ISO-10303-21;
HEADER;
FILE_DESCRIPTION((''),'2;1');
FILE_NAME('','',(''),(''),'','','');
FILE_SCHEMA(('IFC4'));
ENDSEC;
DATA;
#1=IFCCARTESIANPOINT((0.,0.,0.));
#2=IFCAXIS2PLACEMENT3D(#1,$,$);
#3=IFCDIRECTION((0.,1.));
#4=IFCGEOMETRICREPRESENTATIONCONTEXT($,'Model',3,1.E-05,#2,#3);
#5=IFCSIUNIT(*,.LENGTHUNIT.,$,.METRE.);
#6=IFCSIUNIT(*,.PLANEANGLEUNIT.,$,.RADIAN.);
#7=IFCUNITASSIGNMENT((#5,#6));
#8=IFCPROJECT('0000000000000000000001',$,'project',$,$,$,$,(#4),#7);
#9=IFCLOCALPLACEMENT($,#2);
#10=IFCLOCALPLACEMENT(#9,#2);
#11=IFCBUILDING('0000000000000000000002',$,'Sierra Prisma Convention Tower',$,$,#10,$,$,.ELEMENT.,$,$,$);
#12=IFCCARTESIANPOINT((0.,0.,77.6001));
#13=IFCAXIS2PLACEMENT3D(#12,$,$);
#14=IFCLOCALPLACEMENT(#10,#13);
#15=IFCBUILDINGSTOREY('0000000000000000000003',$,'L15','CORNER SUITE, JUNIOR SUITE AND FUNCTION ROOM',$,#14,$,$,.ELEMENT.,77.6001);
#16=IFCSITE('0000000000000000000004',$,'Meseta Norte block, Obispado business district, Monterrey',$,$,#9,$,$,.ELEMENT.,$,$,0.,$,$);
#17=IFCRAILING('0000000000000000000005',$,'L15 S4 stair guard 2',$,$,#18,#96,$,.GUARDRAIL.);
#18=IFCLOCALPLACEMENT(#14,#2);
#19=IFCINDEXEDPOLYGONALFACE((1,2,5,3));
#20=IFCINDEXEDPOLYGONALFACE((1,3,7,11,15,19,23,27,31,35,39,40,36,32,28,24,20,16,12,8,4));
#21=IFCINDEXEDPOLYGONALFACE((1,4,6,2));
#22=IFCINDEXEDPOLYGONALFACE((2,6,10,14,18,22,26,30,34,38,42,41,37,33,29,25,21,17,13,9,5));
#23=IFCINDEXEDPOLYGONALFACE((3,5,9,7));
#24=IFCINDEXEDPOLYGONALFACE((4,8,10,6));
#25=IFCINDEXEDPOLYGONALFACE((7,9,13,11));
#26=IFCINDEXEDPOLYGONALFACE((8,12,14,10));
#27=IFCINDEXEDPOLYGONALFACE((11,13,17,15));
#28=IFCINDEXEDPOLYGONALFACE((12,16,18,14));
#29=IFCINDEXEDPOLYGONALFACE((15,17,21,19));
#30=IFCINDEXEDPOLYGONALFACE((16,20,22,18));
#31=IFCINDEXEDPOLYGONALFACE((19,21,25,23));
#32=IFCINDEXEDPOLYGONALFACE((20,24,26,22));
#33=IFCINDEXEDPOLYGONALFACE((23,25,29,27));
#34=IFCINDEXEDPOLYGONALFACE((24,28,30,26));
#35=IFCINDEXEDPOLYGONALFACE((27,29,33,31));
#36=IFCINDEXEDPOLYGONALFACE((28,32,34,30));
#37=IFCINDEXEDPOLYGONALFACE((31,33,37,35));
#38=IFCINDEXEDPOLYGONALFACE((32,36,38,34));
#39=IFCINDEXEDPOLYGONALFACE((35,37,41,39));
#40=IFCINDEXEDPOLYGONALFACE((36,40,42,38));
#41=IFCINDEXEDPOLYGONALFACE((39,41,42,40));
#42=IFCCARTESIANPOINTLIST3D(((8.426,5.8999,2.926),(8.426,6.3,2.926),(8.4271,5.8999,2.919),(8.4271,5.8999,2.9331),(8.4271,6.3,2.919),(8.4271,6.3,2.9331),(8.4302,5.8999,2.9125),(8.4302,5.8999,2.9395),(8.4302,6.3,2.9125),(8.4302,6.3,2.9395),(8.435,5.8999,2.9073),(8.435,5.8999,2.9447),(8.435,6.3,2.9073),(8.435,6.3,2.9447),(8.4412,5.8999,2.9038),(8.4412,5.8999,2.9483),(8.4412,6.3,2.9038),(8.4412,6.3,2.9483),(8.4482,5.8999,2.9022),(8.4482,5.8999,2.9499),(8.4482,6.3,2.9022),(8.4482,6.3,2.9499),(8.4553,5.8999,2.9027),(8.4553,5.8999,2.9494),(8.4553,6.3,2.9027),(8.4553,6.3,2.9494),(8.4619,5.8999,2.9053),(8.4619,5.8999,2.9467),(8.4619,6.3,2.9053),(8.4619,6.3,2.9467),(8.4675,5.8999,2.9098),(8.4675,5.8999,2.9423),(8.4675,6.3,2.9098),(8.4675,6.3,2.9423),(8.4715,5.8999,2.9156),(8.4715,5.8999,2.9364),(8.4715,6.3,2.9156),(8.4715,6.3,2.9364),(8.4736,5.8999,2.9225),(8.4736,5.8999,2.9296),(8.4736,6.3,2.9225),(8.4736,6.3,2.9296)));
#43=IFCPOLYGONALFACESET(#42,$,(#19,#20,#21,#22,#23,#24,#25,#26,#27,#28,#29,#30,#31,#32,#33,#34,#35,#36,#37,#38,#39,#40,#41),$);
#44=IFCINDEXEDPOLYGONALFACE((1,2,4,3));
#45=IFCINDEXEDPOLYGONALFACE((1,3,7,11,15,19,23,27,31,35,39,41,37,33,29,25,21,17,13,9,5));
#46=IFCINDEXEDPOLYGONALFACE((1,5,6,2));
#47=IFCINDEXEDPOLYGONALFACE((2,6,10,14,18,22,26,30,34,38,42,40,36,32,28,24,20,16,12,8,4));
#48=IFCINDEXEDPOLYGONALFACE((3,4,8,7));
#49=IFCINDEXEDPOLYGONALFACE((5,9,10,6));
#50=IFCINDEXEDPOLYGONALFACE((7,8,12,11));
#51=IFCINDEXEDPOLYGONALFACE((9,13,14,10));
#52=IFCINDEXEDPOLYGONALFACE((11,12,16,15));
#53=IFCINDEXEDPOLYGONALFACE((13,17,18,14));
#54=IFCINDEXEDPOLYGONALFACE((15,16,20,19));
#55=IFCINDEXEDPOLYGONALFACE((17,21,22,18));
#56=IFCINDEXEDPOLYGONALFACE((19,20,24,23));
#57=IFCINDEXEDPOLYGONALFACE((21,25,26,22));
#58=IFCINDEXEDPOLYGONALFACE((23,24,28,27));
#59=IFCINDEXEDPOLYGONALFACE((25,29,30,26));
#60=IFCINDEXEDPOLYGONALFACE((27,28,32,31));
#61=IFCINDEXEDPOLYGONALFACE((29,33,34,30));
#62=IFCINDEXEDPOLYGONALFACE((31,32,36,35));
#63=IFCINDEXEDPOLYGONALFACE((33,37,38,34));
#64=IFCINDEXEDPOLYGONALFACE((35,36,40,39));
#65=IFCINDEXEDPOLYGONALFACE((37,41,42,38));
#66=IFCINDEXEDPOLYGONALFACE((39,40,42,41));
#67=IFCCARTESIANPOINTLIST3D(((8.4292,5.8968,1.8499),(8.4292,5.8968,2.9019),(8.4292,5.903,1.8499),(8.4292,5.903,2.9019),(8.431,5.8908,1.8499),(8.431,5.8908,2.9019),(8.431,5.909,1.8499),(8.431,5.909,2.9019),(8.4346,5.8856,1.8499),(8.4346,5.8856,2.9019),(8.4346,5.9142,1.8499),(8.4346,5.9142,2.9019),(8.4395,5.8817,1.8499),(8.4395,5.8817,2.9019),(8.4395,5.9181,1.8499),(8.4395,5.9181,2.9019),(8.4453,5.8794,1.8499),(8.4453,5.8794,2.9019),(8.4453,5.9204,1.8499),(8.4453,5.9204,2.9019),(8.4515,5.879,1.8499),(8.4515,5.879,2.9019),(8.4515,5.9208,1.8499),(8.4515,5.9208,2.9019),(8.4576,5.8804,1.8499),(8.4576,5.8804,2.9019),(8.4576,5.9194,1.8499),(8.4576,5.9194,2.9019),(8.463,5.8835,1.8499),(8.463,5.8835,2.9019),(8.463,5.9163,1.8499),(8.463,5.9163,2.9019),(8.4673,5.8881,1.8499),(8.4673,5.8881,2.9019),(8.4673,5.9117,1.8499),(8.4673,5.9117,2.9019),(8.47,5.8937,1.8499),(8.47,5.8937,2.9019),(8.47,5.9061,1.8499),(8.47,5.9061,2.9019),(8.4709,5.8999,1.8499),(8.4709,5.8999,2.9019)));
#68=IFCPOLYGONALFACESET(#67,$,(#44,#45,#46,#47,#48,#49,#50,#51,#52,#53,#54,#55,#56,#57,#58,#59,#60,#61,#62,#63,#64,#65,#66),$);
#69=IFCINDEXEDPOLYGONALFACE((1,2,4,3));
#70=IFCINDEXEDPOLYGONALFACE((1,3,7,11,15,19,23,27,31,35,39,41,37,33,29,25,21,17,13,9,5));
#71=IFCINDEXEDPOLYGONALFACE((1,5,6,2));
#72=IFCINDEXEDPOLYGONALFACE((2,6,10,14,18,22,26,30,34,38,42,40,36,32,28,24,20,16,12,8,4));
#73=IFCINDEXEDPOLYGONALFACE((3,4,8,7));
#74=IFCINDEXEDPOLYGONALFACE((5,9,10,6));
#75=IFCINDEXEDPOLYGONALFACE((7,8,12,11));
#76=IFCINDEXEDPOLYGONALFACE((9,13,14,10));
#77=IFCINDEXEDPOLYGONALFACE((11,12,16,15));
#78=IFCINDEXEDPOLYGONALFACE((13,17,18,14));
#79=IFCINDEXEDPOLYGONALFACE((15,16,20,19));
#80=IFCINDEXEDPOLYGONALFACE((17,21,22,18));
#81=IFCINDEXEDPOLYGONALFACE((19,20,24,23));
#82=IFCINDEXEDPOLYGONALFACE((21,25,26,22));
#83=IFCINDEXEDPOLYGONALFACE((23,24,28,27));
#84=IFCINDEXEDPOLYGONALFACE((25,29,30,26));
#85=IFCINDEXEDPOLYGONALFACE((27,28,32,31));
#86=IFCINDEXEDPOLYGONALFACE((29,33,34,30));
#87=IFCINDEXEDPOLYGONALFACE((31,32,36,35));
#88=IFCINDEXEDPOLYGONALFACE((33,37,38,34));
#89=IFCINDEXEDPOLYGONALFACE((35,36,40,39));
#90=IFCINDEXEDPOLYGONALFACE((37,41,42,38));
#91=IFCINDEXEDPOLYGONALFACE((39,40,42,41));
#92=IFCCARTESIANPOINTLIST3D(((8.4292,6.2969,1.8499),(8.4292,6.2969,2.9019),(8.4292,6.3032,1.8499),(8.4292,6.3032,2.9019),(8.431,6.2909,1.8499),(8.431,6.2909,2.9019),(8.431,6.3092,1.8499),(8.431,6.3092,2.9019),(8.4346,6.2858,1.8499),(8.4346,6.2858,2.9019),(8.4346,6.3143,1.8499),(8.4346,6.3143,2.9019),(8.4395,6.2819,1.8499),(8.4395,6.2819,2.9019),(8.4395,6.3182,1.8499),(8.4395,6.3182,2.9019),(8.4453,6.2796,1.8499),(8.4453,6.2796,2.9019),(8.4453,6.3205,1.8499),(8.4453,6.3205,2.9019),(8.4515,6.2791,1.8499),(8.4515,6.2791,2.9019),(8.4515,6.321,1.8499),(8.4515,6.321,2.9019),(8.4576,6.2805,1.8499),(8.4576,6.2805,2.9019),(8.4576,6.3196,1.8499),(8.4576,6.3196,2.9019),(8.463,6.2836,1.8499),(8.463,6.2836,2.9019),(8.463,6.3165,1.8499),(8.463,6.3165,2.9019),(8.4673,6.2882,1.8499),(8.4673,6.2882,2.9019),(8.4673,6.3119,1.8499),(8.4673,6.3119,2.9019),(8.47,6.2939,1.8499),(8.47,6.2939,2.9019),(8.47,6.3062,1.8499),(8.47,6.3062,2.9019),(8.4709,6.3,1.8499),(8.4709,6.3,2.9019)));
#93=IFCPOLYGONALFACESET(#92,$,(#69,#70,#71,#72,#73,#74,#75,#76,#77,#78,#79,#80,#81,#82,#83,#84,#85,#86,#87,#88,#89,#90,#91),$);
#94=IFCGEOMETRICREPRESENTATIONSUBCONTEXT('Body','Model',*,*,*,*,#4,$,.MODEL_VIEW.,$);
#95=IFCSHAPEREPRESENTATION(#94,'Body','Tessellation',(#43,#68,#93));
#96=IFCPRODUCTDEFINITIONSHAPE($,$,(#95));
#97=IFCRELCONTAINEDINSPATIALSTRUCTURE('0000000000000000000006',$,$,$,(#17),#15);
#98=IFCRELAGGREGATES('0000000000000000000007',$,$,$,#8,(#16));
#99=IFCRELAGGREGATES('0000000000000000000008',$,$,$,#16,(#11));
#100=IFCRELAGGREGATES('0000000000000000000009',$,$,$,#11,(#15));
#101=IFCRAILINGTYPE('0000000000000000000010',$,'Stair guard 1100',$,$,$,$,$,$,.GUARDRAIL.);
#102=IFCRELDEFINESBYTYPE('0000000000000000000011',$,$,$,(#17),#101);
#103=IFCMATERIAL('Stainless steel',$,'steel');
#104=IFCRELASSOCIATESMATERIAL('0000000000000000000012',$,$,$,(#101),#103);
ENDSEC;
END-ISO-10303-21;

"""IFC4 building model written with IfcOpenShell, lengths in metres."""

from ifc_helpers import new_model, si_unit, direction, frame, origin, origin_2d, place, context, subcontext, project, spatial, circle, extrude, material, type_object, element, save


model = new_model("IFC4")

# Units and contexts
model_context = context("Model", 3, precision=1e-05, world=origin(), true_north=direction((0.0, 1.0)))
body_context = subcontext(model_context, "Body", "Model", "MODEL_VIEW")
ifc_project = project(units=[si_unit("LENGTHUNIT", "METRE"), si_unit("PLANEANGLEUNIT", "RADIAN")], contexts=[model_context])

# Site, building, storey
site_placement = place(None, origin())
site = spatial("IfcSite", under=ifc_project, at=site_placement, Name="Meseta Norte block, Obispado business district, Monterrey", CompositionType="ELEMENT", RefElevation=0.0)
building_placement = place(site_placement, origin())
building = spatial("IfcBuilding", under=site, at=building_placement, Name="Sierra Prisma Convention Tower", CompositionType="ELEMENT")
storey_placement = place(building_placement, frame((0.0, 0.0, 77.6001)))
storey = spatial("IfcBuildingStorey", under=building, at=storey_placement, Name="L15", Description="CORNER SUITE, JUNIOR SUITE AND FUNCTION ROOM", CompositionType="ELEMENT", Elevation=77.6001)

# Railing
ifc_material_1 = material(Name="Stainless steel", Category="steel")
railing_type_1 = type_object("IfcRailingType", Name="Stair guard 1100", PredefinedType="GUARDRAIL", material=ifc_material_1)
railing_1_placement = place(storey_placement, frame((8.45, 5.8999, 1.8499)))
element("IfcRailing", 1, at=railing_1_placement, inside=storey, type_object=railing_type_1, Name="L15 S4 stair guard 2", PredefinedType="GUARDRAIL", context=body_context, shape_type="SweptSolid", body=[
    extrude(circle(Radius=0.0239, at=origin_2d()), frame((0.0, 0.0, 1.0762), z_axis=(0.0, 1.0, 0.0), x_axis=(-1.0, 0.0, 0.0)), (0.0, 0.0, 1.0), 0.4001),
    extrude(circle(Radius=0.021, at=origin_2d()), origin(), (0.0, 0.0, 1.0), 1.052),
    extrude(circle(Radius=0.021, at=origin_2d()), frame((0.0, 0.4001, 0.0)), (0.0, 0.0, 1.0), 1.052),
])

save(model, "model.ifc")
